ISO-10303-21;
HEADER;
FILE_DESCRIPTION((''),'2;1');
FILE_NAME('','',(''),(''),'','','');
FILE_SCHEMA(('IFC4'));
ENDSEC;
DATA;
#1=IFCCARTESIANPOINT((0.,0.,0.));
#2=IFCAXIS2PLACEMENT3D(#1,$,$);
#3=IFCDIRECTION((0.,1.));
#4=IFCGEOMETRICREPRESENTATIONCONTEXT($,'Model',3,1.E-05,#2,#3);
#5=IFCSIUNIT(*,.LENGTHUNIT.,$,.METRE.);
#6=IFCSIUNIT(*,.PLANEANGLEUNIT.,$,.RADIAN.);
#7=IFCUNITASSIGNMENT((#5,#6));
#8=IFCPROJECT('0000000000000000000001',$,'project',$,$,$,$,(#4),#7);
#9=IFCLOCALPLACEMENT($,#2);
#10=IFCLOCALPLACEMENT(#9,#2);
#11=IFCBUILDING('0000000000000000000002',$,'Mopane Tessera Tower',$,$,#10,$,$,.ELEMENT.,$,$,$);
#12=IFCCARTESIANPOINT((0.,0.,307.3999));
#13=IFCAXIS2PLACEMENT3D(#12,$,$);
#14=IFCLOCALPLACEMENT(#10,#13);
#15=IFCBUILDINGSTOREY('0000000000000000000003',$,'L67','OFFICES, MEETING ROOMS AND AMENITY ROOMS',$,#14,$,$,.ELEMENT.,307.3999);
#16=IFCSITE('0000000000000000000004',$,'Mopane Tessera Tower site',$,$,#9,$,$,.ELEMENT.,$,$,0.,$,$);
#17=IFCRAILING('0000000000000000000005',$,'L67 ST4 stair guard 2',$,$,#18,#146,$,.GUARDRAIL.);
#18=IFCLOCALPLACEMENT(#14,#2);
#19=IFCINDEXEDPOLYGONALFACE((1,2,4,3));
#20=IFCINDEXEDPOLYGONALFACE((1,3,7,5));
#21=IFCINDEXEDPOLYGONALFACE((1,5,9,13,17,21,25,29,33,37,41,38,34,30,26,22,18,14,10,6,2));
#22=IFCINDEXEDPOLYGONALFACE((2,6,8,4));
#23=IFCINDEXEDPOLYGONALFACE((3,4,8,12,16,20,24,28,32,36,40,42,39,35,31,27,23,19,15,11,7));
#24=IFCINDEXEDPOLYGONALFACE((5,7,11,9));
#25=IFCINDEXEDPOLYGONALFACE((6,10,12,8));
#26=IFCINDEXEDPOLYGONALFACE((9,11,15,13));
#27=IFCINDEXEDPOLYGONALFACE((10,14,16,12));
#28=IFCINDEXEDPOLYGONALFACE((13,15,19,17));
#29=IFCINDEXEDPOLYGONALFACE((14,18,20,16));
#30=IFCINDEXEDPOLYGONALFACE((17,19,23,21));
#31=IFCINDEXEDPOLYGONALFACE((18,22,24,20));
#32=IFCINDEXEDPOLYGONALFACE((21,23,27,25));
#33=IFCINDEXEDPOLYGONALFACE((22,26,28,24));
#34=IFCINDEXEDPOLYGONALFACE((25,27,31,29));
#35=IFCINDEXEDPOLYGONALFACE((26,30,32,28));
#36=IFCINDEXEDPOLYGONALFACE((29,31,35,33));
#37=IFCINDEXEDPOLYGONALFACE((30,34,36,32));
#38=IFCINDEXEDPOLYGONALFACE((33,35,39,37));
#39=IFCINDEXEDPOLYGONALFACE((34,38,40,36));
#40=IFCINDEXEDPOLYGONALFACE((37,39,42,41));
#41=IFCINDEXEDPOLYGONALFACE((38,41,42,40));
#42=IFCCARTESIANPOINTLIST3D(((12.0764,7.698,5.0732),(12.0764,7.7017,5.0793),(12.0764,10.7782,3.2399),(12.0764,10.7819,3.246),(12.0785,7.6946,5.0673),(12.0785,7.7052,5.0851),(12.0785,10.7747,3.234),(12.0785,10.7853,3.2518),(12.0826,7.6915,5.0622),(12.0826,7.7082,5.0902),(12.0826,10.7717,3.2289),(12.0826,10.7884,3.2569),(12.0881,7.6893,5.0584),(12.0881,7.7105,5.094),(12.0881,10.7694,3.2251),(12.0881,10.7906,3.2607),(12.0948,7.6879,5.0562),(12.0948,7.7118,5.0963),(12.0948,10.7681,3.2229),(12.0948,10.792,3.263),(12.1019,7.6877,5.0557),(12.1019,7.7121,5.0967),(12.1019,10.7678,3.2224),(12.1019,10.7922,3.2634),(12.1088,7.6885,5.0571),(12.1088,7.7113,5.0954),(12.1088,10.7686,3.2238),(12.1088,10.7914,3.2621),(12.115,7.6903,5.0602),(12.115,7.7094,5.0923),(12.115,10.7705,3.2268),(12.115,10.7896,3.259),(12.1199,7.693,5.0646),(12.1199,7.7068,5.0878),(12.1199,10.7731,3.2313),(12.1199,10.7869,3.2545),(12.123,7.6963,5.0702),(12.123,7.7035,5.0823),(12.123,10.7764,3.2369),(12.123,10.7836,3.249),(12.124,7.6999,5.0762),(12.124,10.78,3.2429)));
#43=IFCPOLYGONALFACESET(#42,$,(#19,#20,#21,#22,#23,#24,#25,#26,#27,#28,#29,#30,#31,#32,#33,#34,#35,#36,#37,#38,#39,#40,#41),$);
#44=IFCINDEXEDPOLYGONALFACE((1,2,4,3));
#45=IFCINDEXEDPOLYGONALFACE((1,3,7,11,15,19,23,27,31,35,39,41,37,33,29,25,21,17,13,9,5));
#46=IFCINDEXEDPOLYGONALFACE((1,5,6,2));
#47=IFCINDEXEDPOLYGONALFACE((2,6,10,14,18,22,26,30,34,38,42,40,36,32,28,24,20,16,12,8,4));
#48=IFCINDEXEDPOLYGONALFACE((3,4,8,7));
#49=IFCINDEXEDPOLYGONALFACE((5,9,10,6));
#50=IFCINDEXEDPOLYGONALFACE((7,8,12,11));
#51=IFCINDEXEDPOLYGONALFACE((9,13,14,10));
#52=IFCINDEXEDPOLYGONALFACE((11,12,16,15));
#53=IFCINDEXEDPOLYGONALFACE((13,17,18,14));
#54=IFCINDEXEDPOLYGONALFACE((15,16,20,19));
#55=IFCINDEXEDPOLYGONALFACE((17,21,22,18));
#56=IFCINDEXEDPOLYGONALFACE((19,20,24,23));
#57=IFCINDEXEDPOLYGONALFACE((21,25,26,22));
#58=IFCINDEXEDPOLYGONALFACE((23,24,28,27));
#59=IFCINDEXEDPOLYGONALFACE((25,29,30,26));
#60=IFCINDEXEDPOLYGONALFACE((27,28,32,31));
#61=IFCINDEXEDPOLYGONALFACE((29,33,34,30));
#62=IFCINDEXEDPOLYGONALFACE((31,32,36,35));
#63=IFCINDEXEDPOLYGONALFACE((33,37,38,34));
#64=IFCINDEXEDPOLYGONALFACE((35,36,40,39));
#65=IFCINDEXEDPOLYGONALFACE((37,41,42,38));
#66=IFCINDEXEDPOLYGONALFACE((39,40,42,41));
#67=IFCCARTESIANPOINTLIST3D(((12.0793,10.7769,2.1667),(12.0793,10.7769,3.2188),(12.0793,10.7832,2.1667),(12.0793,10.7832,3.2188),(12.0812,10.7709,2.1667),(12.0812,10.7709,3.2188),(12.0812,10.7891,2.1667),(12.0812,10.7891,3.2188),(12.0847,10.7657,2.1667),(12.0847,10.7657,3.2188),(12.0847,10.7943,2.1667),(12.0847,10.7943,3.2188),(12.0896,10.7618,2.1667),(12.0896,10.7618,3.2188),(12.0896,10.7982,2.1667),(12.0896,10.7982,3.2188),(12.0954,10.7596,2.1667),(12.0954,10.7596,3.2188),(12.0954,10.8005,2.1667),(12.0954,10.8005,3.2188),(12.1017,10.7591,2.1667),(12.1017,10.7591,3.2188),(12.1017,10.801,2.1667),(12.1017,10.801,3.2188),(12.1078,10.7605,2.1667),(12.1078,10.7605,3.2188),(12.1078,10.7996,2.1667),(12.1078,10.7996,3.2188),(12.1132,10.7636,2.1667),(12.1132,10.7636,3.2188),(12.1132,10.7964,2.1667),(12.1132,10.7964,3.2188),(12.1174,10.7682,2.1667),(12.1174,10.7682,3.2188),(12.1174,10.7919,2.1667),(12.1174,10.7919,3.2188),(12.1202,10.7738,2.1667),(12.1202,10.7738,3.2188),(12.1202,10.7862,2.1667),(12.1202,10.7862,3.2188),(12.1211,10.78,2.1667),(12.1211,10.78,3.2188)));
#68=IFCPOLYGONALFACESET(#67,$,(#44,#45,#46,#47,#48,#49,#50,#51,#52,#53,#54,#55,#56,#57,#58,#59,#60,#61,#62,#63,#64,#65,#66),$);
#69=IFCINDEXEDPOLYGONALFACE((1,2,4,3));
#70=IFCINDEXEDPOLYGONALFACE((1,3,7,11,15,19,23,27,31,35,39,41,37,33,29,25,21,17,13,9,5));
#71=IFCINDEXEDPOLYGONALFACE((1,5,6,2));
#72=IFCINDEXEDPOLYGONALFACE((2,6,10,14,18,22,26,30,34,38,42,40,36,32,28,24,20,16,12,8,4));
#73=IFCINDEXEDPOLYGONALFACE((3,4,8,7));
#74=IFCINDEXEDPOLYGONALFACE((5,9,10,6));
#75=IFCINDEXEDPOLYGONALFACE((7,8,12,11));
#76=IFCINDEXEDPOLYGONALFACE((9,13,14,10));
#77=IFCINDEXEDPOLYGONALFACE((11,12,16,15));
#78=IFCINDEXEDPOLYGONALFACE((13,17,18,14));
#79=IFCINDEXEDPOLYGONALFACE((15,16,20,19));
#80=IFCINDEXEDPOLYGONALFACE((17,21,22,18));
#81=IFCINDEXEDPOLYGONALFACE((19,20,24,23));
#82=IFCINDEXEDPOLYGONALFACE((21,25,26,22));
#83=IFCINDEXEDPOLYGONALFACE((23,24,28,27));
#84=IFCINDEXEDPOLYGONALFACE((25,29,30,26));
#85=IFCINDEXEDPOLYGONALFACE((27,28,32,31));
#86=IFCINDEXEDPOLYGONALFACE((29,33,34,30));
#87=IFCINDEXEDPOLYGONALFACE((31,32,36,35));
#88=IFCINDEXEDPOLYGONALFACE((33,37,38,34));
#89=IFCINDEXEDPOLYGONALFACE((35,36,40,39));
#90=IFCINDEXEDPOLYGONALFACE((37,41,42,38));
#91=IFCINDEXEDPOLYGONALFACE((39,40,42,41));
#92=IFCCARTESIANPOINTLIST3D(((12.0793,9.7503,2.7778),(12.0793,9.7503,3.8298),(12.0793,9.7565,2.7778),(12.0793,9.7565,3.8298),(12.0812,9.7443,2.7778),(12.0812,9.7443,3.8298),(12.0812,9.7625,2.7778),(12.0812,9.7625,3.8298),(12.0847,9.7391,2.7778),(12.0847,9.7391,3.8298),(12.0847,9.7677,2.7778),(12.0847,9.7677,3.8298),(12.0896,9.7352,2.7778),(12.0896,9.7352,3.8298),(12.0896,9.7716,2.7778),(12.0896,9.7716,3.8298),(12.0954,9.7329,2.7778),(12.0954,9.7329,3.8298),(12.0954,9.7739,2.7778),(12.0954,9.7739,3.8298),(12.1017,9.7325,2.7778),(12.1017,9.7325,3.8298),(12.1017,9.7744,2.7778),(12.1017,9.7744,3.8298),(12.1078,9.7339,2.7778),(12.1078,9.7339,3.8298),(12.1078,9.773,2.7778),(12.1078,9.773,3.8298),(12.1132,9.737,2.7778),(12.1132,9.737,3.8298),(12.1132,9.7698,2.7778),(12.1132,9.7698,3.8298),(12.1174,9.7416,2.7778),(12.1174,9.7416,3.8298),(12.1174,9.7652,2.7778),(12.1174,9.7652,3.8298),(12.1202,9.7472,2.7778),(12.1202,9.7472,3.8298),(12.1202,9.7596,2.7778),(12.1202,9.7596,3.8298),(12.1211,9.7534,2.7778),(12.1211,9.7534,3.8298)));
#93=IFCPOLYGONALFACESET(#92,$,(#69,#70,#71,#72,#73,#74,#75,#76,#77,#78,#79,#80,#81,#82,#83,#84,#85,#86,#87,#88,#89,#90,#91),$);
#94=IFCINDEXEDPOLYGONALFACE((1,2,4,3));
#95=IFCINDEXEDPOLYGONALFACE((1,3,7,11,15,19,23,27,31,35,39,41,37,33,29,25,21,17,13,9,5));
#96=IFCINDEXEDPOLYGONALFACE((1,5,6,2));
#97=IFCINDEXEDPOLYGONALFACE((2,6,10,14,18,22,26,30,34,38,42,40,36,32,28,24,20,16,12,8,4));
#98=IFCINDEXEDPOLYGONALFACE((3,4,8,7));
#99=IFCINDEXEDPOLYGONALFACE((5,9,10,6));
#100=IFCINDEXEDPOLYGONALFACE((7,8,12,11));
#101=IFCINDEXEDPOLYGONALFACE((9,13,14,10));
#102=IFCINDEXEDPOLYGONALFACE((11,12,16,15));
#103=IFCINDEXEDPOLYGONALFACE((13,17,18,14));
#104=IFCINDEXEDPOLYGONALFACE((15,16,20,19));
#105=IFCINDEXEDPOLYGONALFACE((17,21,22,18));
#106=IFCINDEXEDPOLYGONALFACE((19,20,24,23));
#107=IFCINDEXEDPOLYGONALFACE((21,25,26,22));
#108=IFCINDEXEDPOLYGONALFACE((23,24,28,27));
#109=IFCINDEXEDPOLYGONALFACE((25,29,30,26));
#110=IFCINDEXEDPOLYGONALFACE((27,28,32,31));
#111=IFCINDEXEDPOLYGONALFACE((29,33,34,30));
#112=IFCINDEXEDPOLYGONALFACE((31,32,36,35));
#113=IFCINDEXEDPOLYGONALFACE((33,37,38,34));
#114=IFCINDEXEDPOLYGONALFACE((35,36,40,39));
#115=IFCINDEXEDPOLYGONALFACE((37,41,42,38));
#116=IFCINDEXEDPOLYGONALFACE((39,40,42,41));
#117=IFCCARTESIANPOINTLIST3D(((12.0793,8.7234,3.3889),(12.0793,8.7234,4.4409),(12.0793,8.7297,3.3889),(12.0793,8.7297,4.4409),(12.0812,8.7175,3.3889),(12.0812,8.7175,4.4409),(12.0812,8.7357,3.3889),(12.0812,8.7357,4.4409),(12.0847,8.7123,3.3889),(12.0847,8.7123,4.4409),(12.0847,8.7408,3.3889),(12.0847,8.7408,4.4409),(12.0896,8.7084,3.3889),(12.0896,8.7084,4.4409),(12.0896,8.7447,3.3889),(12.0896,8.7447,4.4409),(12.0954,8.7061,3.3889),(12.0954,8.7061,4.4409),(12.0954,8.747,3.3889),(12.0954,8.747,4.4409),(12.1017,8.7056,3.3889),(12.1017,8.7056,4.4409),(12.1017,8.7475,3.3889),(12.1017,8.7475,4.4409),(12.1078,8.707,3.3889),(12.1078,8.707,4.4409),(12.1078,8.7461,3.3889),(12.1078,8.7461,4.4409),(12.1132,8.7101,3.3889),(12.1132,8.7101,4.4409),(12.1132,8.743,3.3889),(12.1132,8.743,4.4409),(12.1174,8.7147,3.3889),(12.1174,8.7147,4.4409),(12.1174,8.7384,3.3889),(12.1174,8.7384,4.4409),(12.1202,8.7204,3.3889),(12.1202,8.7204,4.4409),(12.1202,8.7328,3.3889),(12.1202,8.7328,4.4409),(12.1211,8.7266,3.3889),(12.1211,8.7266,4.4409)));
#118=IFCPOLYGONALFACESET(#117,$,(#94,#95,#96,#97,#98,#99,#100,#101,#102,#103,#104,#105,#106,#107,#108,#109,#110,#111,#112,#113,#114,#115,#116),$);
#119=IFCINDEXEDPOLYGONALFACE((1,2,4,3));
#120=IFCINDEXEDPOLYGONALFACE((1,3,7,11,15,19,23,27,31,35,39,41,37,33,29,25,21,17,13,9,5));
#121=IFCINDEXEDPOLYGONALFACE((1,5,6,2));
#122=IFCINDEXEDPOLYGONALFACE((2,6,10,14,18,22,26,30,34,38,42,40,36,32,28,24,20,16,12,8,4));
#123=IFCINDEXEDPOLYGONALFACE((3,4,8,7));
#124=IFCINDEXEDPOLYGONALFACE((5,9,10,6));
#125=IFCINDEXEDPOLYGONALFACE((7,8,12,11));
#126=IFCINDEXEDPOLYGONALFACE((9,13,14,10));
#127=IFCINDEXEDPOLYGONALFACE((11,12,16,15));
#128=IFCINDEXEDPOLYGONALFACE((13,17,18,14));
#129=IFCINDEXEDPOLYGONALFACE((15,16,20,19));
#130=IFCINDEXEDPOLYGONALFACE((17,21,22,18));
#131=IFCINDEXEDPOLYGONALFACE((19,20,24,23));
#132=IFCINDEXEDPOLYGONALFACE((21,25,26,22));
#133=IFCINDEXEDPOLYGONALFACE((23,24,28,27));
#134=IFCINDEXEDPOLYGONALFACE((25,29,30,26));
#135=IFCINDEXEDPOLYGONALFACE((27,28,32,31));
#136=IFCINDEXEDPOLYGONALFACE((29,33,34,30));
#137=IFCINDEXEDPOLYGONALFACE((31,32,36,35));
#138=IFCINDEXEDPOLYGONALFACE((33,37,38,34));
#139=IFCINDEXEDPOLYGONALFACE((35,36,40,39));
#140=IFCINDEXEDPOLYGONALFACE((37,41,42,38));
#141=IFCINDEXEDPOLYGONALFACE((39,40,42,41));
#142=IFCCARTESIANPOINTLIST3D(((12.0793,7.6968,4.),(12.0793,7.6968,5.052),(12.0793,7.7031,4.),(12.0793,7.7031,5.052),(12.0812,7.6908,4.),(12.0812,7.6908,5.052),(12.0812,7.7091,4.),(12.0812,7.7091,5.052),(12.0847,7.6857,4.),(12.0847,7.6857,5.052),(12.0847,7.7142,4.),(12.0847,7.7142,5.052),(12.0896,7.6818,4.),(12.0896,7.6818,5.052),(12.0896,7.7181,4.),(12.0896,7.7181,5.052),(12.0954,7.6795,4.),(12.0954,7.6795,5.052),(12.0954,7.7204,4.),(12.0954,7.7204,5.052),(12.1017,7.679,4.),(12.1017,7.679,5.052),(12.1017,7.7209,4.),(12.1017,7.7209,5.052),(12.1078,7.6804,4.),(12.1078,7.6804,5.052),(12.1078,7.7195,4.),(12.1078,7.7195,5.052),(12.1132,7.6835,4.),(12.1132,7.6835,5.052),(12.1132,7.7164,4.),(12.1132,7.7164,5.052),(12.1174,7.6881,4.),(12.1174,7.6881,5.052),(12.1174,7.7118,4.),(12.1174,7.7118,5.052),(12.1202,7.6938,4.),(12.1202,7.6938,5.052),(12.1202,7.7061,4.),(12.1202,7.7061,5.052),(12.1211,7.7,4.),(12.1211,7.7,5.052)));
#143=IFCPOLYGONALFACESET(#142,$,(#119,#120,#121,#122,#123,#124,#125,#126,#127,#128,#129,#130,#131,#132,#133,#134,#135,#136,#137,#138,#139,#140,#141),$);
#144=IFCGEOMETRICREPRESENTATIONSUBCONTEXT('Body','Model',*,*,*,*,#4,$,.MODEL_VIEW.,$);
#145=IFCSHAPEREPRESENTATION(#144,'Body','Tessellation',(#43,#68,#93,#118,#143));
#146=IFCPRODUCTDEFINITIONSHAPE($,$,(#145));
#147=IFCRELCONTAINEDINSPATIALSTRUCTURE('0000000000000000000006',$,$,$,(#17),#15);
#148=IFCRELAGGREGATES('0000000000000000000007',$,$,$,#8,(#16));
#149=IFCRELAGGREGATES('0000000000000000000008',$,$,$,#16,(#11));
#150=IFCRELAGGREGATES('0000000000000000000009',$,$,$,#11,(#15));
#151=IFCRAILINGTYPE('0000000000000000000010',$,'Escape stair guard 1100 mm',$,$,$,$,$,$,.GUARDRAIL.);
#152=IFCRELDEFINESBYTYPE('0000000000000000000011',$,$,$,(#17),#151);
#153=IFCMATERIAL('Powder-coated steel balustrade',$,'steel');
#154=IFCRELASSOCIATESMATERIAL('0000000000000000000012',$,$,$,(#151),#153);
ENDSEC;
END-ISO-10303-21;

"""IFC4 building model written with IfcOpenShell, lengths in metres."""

from ifc_helpers import new_model, si_unit, direction, frame, origin, origin_2d, place, context, subcontext, project, spatial, circle, extrude, material, type_object, element, save


model = new_model("IFC4")

# Units and contexts
model_context = context("Model", 3, precision=1e-05, world=origin(), true_north=direction((0.0, 1.0)))
body_context = subcontext(model_context, "Body", "Model", "MODEL_VIEW")
ifc_project = project(units=[si_unit("LENGTHUNIT", "METRE"), si_unit("PLANEANGLEUNIT", "RADIAN")], contexts=[model_context])

# Site, building, storey
site_placement = place(None, origin())
site = spatial("IfcSite", under=ifc_project, at=site_placement, Name="Mopane Tessera Tower site", CompositionType="ELEMENT", RefElevation=0.0)
building_placement = place(site_placement, origin())
building = spatial("IfcBuilding", under=site, at=building_placement, Name="Mopane Tessera Tower", CompositionType="ELEMENT")
storey_placement = place(building_placement, frame((0.0, 0.0, 307.3999)))
storey = spatial("IfcBuildingStorey", under=building, at=storey_placement, Name="L67", Description="OFFICES, MEETING ROOMS AND AMENITY ROOMS", CompositionType="ELEMENT", Elevation=307.3999)

# Railing
ifc_material_1 = material(Name="Powder-coated steel balustrade", Category="steel")
railing_type_1 = type_object("IfcRailingType", Name="Escape stair guard 1100 mm", PredefinedType="GUARDRAIL", material=ifc_material_1)
railing_1_placement = place(storey_placement, frame((12.1001, 10.78, 2.1667)))
element("IfcRailing", 1, at=railing_1_placement, inside=storey, type_object=railing_type_1, Name="L67 ST4 stair guard 2", PredefinedType="GUARDRAIL", context=body_context, shape_type="SweptSolid", body=[
    extrude(circle(Radius=0.0239, at=origin_2d()), frame((0.0, 0.0, 1.0762), z_axis=(0.0, -0.859309, 0.511458), x_axis=(1.0, 0.0, 0.0)), (0.0, 0.0, 1.0), 3.5845),
    extrude(circle(Radius=0.021, at=origin_2d()), origin(), (0.0, 0.0, 1.0), 1.052),
    extrude(circle(Radius=0.021, at=origin_2d()), frame((0.0, -1.0266, 0.6111)), (0.0, 0.0, 1.0), 1.052),
    extrude(circle(Radius=0.021, at=origin_2d()), frame((0.0, -2.0535, 1.2222)), (0.0, 0.0, 1.0), 1.052),
    extrude(circle(Radius=0.021, at=origin_2d()), frame((0.0, -3.0801, 1.8333)), (0.0, 0.0, 1.0), 1.052),
])

save(model, "model.ifc")
